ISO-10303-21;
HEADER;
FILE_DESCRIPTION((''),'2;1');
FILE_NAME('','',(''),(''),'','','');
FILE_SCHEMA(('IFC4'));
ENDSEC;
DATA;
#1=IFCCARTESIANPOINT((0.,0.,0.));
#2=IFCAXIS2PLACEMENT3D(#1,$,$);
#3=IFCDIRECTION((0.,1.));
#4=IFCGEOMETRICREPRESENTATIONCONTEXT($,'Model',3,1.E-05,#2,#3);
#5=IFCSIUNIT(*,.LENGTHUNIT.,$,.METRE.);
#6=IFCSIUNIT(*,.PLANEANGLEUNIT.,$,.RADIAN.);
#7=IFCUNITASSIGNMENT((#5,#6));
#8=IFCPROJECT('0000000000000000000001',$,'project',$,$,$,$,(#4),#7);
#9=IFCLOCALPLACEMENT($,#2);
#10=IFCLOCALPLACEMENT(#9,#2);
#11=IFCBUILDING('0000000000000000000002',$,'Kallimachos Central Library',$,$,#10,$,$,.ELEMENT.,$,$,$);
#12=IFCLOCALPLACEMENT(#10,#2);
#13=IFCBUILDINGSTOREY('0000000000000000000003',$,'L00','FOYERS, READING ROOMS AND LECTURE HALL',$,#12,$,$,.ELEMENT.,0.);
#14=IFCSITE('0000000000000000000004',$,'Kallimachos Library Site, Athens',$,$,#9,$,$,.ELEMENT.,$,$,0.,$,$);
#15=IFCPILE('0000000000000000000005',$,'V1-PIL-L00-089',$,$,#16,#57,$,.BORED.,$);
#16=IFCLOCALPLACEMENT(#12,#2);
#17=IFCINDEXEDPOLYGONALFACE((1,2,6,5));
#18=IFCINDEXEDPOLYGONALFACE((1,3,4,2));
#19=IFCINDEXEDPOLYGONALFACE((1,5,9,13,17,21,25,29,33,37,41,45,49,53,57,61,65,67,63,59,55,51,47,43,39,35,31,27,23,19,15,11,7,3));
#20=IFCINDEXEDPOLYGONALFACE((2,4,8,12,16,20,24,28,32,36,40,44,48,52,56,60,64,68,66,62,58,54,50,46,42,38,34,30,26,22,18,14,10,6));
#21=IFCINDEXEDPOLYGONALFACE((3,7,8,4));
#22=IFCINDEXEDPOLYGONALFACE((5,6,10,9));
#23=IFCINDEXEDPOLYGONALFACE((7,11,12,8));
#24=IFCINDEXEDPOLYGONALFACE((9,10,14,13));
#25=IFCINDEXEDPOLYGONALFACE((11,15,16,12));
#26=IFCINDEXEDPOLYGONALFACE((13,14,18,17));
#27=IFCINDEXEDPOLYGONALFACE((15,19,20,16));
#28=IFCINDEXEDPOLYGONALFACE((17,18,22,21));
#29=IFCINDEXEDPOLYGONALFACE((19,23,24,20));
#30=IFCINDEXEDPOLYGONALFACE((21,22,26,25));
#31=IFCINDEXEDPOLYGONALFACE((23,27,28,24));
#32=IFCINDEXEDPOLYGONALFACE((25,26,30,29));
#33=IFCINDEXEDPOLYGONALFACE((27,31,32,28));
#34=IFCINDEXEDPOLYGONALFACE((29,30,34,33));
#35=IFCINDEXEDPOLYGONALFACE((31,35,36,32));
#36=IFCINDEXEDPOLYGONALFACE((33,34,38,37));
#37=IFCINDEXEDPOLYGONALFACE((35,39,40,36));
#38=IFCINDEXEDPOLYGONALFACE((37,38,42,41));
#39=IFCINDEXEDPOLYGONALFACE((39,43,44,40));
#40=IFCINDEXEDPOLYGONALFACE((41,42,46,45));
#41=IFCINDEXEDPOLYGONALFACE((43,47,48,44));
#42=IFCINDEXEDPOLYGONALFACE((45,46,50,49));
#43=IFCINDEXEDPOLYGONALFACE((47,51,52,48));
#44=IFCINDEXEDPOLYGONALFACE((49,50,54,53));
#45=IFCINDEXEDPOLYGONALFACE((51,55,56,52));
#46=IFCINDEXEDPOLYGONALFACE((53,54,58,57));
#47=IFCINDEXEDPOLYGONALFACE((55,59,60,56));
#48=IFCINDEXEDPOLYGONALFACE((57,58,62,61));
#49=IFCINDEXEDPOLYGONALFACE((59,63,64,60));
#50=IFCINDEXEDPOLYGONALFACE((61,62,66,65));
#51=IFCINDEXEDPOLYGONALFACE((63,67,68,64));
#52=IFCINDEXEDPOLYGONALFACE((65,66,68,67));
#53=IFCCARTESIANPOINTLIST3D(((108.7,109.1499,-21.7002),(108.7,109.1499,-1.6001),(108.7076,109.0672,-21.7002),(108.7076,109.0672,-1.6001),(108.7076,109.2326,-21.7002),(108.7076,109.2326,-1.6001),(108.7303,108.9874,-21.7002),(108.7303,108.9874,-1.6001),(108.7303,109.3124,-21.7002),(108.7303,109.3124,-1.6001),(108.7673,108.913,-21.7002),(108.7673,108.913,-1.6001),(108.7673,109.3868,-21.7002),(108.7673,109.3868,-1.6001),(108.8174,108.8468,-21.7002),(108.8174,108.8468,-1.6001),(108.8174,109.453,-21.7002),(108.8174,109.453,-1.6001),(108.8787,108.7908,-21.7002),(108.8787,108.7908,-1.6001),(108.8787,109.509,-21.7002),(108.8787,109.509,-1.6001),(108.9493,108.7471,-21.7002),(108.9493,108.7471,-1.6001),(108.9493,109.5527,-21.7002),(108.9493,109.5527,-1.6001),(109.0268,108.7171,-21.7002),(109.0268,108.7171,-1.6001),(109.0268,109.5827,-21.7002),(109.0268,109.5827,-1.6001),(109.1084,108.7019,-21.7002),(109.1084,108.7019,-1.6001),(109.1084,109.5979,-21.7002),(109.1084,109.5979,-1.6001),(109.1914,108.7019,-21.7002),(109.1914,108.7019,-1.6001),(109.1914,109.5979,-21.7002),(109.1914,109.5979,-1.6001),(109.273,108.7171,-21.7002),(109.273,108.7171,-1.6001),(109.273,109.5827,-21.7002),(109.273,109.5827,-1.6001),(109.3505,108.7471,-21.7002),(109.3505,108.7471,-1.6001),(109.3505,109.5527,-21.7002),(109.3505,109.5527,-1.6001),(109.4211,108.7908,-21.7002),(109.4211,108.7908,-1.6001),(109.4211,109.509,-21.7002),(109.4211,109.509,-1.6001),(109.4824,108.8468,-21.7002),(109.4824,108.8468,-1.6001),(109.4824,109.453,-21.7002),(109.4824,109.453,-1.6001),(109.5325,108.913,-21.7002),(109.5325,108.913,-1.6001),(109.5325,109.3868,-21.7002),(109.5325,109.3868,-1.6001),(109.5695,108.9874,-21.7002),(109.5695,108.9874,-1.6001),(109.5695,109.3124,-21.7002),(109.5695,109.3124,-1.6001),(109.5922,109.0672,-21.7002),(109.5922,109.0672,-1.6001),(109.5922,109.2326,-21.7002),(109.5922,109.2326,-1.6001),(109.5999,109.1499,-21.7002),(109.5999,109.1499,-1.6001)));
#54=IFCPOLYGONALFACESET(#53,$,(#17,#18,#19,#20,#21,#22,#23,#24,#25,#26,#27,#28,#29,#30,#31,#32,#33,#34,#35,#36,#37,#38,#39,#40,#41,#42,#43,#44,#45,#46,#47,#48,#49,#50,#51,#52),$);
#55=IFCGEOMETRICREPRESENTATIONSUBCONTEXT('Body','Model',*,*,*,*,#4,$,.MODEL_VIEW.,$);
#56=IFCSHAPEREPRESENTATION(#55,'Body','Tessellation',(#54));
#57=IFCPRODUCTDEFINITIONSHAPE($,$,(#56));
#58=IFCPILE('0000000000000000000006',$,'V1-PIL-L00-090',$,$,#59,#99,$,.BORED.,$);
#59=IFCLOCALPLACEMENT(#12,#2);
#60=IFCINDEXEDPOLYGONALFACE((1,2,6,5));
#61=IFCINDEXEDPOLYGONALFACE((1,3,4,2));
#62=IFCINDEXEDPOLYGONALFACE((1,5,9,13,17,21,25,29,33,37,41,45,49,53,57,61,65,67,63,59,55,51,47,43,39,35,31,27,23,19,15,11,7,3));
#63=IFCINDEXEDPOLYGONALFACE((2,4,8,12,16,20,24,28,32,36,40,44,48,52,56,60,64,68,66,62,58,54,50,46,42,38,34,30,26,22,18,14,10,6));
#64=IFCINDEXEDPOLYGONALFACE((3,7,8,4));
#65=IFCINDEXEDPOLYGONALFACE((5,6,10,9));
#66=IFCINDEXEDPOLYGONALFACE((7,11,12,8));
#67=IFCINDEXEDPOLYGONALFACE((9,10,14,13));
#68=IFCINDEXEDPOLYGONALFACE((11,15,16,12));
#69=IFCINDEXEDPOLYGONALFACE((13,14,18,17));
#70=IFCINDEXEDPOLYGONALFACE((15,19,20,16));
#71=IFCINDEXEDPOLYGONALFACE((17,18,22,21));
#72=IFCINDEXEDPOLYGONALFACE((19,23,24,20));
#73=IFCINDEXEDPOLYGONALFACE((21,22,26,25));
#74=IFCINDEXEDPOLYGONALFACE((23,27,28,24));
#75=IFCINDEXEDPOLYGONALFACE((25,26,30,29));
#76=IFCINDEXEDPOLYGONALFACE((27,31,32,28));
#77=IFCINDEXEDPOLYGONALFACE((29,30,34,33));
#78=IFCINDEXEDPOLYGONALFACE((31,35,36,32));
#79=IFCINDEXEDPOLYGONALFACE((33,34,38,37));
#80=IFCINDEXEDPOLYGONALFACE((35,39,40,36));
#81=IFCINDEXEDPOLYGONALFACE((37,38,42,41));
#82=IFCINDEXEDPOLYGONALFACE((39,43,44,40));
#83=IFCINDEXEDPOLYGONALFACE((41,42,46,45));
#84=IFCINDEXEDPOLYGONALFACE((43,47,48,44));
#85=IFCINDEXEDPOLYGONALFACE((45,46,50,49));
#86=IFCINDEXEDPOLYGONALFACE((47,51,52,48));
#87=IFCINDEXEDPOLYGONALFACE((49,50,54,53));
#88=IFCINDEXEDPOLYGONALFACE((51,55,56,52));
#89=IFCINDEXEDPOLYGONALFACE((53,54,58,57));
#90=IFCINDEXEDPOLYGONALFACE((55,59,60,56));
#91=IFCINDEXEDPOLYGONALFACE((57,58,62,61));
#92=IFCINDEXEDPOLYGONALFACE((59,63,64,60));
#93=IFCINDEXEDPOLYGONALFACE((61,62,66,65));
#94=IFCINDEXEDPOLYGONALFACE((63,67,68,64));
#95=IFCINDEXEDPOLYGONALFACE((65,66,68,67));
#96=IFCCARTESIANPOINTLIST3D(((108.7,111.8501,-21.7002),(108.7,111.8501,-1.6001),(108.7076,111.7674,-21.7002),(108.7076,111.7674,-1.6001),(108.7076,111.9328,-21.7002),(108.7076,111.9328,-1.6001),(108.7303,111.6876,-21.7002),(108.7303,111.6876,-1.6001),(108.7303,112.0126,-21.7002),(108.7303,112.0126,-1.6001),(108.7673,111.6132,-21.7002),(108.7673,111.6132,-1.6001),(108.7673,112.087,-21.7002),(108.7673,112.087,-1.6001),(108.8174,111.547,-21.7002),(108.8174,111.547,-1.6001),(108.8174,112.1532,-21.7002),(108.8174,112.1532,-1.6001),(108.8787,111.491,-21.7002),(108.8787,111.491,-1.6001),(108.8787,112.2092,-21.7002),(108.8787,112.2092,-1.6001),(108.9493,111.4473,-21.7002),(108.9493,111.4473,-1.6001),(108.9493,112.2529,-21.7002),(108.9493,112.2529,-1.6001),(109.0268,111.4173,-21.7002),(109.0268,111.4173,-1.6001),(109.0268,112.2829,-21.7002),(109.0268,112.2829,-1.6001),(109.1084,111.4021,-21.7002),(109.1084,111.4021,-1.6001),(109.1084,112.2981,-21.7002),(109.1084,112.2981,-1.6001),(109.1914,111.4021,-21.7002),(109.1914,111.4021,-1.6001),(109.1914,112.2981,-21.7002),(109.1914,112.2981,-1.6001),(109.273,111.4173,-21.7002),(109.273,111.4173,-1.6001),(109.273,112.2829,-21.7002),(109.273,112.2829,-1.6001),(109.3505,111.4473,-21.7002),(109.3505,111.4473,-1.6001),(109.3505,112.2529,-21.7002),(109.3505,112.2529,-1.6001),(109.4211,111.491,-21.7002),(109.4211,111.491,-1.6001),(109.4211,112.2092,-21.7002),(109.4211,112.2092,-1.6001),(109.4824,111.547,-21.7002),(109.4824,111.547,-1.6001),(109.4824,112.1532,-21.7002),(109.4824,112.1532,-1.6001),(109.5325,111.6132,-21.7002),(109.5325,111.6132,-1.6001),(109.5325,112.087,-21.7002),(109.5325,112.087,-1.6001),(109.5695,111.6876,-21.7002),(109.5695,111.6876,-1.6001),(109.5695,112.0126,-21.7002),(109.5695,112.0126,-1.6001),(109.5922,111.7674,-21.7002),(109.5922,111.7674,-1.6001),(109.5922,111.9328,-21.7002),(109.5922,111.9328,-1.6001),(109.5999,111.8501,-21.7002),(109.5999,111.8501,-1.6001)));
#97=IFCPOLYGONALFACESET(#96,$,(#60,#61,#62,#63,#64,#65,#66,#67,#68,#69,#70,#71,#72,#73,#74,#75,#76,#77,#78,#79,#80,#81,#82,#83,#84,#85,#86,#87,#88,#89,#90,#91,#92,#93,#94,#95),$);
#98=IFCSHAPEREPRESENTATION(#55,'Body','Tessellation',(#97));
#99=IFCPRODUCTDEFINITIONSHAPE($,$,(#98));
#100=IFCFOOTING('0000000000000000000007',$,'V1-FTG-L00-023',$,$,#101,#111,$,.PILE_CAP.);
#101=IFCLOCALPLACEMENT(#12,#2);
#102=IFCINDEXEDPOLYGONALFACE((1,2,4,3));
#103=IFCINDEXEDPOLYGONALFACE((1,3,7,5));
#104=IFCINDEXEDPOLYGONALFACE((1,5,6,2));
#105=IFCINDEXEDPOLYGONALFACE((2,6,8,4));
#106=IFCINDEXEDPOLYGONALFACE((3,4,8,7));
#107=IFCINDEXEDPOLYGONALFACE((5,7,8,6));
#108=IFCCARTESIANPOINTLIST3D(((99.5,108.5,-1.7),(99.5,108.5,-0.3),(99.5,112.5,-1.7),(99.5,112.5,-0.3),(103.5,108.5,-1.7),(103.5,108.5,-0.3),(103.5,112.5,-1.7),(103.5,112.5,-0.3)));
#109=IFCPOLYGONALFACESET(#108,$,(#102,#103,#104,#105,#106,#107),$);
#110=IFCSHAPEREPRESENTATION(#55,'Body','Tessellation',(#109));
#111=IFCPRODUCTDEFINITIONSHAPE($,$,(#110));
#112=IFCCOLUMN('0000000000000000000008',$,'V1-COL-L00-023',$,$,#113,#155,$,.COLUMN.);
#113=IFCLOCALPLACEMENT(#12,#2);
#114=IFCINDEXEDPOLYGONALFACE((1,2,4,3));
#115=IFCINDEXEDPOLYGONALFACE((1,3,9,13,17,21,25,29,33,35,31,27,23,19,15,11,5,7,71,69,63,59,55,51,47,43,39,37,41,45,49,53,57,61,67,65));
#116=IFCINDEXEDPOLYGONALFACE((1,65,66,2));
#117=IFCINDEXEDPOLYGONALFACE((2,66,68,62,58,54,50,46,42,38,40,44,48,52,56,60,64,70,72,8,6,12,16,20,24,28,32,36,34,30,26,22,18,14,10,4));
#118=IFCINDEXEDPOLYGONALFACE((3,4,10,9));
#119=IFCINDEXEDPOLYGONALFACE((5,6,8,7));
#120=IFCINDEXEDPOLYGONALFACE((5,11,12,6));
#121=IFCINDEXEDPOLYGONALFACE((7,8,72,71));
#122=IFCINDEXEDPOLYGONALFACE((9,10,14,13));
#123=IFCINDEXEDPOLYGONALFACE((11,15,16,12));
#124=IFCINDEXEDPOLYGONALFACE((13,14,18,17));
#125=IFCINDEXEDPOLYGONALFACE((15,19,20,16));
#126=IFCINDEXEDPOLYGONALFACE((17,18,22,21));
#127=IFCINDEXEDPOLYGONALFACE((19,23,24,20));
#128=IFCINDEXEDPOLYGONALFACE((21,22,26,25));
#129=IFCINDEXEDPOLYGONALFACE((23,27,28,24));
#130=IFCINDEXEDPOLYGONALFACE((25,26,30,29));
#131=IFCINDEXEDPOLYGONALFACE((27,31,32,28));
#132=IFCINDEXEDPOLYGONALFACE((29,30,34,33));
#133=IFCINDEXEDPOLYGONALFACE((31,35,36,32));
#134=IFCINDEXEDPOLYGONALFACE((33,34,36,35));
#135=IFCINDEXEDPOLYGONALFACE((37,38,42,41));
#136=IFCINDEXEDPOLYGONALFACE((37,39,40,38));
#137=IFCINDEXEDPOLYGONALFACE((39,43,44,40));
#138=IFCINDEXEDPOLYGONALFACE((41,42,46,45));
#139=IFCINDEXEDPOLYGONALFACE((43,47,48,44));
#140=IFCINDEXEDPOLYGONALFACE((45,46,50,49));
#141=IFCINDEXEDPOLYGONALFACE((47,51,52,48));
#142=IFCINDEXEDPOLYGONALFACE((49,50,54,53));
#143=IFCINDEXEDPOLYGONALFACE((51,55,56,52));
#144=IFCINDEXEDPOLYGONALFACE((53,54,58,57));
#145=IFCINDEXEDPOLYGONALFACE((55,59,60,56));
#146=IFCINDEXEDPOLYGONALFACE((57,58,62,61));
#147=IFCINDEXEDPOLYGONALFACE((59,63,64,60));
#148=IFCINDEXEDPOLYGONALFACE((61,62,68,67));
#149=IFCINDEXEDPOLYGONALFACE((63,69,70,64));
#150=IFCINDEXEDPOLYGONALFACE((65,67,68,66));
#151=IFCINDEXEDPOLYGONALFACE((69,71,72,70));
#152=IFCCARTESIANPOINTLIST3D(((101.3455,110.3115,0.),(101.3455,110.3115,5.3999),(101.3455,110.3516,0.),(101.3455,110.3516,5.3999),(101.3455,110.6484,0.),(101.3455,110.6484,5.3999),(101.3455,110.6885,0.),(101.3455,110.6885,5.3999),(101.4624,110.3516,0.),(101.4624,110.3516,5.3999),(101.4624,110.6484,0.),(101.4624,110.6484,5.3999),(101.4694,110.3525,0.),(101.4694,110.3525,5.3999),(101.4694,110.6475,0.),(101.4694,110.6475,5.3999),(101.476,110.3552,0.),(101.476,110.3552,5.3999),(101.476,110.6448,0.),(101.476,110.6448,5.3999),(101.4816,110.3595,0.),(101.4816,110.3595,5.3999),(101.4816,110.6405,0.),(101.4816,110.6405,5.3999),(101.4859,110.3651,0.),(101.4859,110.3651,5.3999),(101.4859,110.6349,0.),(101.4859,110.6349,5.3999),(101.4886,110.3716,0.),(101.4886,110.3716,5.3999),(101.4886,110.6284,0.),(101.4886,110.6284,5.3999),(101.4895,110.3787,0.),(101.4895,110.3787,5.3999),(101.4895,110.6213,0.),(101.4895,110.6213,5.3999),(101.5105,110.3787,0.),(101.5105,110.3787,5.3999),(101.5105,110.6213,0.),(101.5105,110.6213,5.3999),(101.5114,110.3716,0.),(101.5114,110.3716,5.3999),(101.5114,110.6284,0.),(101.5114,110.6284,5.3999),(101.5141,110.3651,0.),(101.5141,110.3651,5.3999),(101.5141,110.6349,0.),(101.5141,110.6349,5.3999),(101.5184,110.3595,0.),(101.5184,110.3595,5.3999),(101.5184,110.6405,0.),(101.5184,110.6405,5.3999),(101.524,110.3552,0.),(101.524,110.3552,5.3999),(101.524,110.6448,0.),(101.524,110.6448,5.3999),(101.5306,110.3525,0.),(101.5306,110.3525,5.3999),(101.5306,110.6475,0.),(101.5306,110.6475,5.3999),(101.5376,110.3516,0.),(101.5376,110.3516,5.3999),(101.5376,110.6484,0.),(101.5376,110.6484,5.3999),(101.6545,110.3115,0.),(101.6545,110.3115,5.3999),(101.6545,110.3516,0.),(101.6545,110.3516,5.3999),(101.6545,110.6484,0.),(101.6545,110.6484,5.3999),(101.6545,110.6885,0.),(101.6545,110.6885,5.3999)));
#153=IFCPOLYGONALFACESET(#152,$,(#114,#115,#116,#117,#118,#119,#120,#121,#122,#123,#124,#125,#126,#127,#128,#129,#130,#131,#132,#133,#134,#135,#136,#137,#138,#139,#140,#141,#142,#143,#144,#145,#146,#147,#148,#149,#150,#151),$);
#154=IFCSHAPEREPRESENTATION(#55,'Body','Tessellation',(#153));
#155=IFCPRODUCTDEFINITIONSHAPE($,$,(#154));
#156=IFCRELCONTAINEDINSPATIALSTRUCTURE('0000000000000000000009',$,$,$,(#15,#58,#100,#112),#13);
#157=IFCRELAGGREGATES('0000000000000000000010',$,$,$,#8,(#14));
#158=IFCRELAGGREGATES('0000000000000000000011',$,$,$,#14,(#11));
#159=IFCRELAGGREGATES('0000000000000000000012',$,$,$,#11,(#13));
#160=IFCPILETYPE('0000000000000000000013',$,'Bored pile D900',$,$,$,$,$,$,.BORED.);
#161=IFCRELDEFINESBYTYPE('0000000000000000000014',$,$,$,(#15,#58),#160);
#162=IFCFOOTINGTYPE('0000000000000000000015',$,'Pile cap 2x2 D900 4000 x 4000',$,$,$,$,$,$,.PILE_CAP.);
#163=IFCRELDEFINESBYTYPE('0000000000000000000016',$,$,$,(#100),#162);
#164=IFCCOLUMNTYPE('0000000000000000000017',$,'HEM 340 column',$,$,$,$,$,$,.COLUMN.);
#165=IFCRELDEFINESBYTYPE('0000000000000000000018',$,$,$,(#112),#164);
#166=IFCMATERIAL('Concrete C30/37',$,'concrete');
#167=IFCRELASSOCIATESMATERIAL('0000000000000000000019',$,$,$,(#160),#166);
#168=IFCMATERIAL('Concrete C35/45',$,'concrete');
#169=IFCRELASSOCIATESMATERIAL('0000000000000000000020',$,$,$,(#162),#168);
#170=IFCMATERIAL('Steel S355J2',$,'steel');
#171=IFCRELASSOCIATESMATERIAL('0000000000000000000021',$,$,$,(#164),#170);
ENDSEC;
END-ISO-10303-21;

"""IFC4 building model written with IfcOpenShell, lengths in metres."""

from ifc_helpers import new_model, si_unit, direction, frame, origin, origin_2d, place, context, subcontext, project, spatial, rectangle, circle, i_section, extrude, material, material_profile, profile_set, type_object, element, save


model = new_model("IFC4")

# Units and contexts
model_context = context("Model", 3, precision=1e-05, world=origin(), true_north=direction((0.0, 1.0)))
body_context = subcontext(model_context, "Body", "Model", "MODEL_VIEW")
ifc_project = project(units=[si_unit("LENGTHUNIT", "METRE"), si_unit("PLANEANGLEUNIT", "RADIAN")], contexts=[model_context])

# Site, building, storey
site_placement = place(None, origin())
site = spatial("IfcSite", under=ifc_project, at=site_placement, Name="Kallimachos Library Site, Athens", CompositionType="ELEMENT", RefElevation=0.0)
building_placement = place(site_placement, origin())
building = spatial("IfcBuilding", under=site, at=building_placement, Name="Kallimachos Central Library", CompositionType="ELEMENT")
storey_placement = place(building_placement, origin())
storey = spatial("IfcBuildingStorey", under=building, at=storey_placement, Name="L00", Description="FOYERS, READING ROOMS AND LECTURE HALL", CompositionType="ELEMENT", Elevation=0.0)

# Piles
ifc_material_1 = material(Name="Concrete C30/37", Category="concrete")
pile_type = type_object("IfcPileType", Name="Bored pile D900", PredefinedType="BORED", material=ifc_material_1)
for number, where, z_axis, x_axis, name in (
    (1, (109.1499, 109.1499, -1.6001), (0.0, 0.0, -1.0), (1.0, 0.0, 0.0), "V1-PIL-L00-089"),
    (2, (109.1499, 111.8501, -1.6001), (0.0, 0.0, -1.0), (1.0, 0.0, 0.0), "V1-PIL-L00-090"),
):
    element("IfcPile", number, at=place(storey_placement, frame(where, z_axis=z_axis, x_axis=x_axis)), inside=storey, type_object=pile_type, Name=name, PredefinedType="BORED", context=body_context, shape_type="SweptSolid", body=[
        extrude(circle(Radius=0.45, at=origin_2d()), origin(), (0.0, 0.0, 1.0), 20.1001),
    ])

# Footing
ifc_material_2 = material(Name="Concrete C35/45", Category="concrete")
footing_type = type_object("IfcFootingType", Name="Pile cap 2x2 D900 4000 x 4000", PredefinedType="PILE_CAP", material=ifc_material_2)
footing_placement = place(storey_placement, frame((101.5, 110.5, -1.7), z_axis=(0.0, 0.0, 1.0), x_axis=(1.0, 0.0, 0.0)))
element("IfcFooting", 3, at=footing_placement, inside=storey, type_object=footing_type, Name="V1-FTG-L00-023", PredefinedType="PILE_CAP", context=body_context, shape_type="SweptSolid", body=[
    extrude(rectangle(XDim=4.0, YDim=4.0, at=origin_2d()), origin(), (0.0, 0.0, 1.0), 1.3999),
])

# Column
ifc_material_3 = material(Name="Steel S355J2", Category="steel")
ifc_material_profile_1 = material_profile(ifc_material_3, i_section(OverallWidth=0.3091, OverallDepth=0.377, WebThickness=0.021, FlangeThickness=0.04, FilletRadius=0.0271, at=origin_2d()), Name="HEM 340")
ifc_profile_set_1 = profile_set([ifc_material_profile_1], Name="Steel S355J2")
column_type = type_object("IfcColumnType", Name="HEM 340 column", PredefinedType="COLUMN", material=ifc_profile_set_1)
column_placement = place(storey_placement, frame((101.5, 110.5, 0.0), z_axis=(0.0, 0.0, 1.0), x_axis=(1.0, 0.0, 0.0)))
element("IfcColumn", 4, at=column_placement, inside=storey, type_object=column_type, Name="V1-COL-L00-023", PredefinedType="COLUMN", context=body_context, shape_type="SweptSolid", body=[
    extrude(i_section(OverallWidth=0.3091, OverallDepth=0.377, WebThickness=0.021, FlangeThickness=0.04, FilletRadius=0.0271, at=origin_2d()), origin(), (0.0, 0.0, 1.0), 5.3999),
])

save(model, "model.ifc")
